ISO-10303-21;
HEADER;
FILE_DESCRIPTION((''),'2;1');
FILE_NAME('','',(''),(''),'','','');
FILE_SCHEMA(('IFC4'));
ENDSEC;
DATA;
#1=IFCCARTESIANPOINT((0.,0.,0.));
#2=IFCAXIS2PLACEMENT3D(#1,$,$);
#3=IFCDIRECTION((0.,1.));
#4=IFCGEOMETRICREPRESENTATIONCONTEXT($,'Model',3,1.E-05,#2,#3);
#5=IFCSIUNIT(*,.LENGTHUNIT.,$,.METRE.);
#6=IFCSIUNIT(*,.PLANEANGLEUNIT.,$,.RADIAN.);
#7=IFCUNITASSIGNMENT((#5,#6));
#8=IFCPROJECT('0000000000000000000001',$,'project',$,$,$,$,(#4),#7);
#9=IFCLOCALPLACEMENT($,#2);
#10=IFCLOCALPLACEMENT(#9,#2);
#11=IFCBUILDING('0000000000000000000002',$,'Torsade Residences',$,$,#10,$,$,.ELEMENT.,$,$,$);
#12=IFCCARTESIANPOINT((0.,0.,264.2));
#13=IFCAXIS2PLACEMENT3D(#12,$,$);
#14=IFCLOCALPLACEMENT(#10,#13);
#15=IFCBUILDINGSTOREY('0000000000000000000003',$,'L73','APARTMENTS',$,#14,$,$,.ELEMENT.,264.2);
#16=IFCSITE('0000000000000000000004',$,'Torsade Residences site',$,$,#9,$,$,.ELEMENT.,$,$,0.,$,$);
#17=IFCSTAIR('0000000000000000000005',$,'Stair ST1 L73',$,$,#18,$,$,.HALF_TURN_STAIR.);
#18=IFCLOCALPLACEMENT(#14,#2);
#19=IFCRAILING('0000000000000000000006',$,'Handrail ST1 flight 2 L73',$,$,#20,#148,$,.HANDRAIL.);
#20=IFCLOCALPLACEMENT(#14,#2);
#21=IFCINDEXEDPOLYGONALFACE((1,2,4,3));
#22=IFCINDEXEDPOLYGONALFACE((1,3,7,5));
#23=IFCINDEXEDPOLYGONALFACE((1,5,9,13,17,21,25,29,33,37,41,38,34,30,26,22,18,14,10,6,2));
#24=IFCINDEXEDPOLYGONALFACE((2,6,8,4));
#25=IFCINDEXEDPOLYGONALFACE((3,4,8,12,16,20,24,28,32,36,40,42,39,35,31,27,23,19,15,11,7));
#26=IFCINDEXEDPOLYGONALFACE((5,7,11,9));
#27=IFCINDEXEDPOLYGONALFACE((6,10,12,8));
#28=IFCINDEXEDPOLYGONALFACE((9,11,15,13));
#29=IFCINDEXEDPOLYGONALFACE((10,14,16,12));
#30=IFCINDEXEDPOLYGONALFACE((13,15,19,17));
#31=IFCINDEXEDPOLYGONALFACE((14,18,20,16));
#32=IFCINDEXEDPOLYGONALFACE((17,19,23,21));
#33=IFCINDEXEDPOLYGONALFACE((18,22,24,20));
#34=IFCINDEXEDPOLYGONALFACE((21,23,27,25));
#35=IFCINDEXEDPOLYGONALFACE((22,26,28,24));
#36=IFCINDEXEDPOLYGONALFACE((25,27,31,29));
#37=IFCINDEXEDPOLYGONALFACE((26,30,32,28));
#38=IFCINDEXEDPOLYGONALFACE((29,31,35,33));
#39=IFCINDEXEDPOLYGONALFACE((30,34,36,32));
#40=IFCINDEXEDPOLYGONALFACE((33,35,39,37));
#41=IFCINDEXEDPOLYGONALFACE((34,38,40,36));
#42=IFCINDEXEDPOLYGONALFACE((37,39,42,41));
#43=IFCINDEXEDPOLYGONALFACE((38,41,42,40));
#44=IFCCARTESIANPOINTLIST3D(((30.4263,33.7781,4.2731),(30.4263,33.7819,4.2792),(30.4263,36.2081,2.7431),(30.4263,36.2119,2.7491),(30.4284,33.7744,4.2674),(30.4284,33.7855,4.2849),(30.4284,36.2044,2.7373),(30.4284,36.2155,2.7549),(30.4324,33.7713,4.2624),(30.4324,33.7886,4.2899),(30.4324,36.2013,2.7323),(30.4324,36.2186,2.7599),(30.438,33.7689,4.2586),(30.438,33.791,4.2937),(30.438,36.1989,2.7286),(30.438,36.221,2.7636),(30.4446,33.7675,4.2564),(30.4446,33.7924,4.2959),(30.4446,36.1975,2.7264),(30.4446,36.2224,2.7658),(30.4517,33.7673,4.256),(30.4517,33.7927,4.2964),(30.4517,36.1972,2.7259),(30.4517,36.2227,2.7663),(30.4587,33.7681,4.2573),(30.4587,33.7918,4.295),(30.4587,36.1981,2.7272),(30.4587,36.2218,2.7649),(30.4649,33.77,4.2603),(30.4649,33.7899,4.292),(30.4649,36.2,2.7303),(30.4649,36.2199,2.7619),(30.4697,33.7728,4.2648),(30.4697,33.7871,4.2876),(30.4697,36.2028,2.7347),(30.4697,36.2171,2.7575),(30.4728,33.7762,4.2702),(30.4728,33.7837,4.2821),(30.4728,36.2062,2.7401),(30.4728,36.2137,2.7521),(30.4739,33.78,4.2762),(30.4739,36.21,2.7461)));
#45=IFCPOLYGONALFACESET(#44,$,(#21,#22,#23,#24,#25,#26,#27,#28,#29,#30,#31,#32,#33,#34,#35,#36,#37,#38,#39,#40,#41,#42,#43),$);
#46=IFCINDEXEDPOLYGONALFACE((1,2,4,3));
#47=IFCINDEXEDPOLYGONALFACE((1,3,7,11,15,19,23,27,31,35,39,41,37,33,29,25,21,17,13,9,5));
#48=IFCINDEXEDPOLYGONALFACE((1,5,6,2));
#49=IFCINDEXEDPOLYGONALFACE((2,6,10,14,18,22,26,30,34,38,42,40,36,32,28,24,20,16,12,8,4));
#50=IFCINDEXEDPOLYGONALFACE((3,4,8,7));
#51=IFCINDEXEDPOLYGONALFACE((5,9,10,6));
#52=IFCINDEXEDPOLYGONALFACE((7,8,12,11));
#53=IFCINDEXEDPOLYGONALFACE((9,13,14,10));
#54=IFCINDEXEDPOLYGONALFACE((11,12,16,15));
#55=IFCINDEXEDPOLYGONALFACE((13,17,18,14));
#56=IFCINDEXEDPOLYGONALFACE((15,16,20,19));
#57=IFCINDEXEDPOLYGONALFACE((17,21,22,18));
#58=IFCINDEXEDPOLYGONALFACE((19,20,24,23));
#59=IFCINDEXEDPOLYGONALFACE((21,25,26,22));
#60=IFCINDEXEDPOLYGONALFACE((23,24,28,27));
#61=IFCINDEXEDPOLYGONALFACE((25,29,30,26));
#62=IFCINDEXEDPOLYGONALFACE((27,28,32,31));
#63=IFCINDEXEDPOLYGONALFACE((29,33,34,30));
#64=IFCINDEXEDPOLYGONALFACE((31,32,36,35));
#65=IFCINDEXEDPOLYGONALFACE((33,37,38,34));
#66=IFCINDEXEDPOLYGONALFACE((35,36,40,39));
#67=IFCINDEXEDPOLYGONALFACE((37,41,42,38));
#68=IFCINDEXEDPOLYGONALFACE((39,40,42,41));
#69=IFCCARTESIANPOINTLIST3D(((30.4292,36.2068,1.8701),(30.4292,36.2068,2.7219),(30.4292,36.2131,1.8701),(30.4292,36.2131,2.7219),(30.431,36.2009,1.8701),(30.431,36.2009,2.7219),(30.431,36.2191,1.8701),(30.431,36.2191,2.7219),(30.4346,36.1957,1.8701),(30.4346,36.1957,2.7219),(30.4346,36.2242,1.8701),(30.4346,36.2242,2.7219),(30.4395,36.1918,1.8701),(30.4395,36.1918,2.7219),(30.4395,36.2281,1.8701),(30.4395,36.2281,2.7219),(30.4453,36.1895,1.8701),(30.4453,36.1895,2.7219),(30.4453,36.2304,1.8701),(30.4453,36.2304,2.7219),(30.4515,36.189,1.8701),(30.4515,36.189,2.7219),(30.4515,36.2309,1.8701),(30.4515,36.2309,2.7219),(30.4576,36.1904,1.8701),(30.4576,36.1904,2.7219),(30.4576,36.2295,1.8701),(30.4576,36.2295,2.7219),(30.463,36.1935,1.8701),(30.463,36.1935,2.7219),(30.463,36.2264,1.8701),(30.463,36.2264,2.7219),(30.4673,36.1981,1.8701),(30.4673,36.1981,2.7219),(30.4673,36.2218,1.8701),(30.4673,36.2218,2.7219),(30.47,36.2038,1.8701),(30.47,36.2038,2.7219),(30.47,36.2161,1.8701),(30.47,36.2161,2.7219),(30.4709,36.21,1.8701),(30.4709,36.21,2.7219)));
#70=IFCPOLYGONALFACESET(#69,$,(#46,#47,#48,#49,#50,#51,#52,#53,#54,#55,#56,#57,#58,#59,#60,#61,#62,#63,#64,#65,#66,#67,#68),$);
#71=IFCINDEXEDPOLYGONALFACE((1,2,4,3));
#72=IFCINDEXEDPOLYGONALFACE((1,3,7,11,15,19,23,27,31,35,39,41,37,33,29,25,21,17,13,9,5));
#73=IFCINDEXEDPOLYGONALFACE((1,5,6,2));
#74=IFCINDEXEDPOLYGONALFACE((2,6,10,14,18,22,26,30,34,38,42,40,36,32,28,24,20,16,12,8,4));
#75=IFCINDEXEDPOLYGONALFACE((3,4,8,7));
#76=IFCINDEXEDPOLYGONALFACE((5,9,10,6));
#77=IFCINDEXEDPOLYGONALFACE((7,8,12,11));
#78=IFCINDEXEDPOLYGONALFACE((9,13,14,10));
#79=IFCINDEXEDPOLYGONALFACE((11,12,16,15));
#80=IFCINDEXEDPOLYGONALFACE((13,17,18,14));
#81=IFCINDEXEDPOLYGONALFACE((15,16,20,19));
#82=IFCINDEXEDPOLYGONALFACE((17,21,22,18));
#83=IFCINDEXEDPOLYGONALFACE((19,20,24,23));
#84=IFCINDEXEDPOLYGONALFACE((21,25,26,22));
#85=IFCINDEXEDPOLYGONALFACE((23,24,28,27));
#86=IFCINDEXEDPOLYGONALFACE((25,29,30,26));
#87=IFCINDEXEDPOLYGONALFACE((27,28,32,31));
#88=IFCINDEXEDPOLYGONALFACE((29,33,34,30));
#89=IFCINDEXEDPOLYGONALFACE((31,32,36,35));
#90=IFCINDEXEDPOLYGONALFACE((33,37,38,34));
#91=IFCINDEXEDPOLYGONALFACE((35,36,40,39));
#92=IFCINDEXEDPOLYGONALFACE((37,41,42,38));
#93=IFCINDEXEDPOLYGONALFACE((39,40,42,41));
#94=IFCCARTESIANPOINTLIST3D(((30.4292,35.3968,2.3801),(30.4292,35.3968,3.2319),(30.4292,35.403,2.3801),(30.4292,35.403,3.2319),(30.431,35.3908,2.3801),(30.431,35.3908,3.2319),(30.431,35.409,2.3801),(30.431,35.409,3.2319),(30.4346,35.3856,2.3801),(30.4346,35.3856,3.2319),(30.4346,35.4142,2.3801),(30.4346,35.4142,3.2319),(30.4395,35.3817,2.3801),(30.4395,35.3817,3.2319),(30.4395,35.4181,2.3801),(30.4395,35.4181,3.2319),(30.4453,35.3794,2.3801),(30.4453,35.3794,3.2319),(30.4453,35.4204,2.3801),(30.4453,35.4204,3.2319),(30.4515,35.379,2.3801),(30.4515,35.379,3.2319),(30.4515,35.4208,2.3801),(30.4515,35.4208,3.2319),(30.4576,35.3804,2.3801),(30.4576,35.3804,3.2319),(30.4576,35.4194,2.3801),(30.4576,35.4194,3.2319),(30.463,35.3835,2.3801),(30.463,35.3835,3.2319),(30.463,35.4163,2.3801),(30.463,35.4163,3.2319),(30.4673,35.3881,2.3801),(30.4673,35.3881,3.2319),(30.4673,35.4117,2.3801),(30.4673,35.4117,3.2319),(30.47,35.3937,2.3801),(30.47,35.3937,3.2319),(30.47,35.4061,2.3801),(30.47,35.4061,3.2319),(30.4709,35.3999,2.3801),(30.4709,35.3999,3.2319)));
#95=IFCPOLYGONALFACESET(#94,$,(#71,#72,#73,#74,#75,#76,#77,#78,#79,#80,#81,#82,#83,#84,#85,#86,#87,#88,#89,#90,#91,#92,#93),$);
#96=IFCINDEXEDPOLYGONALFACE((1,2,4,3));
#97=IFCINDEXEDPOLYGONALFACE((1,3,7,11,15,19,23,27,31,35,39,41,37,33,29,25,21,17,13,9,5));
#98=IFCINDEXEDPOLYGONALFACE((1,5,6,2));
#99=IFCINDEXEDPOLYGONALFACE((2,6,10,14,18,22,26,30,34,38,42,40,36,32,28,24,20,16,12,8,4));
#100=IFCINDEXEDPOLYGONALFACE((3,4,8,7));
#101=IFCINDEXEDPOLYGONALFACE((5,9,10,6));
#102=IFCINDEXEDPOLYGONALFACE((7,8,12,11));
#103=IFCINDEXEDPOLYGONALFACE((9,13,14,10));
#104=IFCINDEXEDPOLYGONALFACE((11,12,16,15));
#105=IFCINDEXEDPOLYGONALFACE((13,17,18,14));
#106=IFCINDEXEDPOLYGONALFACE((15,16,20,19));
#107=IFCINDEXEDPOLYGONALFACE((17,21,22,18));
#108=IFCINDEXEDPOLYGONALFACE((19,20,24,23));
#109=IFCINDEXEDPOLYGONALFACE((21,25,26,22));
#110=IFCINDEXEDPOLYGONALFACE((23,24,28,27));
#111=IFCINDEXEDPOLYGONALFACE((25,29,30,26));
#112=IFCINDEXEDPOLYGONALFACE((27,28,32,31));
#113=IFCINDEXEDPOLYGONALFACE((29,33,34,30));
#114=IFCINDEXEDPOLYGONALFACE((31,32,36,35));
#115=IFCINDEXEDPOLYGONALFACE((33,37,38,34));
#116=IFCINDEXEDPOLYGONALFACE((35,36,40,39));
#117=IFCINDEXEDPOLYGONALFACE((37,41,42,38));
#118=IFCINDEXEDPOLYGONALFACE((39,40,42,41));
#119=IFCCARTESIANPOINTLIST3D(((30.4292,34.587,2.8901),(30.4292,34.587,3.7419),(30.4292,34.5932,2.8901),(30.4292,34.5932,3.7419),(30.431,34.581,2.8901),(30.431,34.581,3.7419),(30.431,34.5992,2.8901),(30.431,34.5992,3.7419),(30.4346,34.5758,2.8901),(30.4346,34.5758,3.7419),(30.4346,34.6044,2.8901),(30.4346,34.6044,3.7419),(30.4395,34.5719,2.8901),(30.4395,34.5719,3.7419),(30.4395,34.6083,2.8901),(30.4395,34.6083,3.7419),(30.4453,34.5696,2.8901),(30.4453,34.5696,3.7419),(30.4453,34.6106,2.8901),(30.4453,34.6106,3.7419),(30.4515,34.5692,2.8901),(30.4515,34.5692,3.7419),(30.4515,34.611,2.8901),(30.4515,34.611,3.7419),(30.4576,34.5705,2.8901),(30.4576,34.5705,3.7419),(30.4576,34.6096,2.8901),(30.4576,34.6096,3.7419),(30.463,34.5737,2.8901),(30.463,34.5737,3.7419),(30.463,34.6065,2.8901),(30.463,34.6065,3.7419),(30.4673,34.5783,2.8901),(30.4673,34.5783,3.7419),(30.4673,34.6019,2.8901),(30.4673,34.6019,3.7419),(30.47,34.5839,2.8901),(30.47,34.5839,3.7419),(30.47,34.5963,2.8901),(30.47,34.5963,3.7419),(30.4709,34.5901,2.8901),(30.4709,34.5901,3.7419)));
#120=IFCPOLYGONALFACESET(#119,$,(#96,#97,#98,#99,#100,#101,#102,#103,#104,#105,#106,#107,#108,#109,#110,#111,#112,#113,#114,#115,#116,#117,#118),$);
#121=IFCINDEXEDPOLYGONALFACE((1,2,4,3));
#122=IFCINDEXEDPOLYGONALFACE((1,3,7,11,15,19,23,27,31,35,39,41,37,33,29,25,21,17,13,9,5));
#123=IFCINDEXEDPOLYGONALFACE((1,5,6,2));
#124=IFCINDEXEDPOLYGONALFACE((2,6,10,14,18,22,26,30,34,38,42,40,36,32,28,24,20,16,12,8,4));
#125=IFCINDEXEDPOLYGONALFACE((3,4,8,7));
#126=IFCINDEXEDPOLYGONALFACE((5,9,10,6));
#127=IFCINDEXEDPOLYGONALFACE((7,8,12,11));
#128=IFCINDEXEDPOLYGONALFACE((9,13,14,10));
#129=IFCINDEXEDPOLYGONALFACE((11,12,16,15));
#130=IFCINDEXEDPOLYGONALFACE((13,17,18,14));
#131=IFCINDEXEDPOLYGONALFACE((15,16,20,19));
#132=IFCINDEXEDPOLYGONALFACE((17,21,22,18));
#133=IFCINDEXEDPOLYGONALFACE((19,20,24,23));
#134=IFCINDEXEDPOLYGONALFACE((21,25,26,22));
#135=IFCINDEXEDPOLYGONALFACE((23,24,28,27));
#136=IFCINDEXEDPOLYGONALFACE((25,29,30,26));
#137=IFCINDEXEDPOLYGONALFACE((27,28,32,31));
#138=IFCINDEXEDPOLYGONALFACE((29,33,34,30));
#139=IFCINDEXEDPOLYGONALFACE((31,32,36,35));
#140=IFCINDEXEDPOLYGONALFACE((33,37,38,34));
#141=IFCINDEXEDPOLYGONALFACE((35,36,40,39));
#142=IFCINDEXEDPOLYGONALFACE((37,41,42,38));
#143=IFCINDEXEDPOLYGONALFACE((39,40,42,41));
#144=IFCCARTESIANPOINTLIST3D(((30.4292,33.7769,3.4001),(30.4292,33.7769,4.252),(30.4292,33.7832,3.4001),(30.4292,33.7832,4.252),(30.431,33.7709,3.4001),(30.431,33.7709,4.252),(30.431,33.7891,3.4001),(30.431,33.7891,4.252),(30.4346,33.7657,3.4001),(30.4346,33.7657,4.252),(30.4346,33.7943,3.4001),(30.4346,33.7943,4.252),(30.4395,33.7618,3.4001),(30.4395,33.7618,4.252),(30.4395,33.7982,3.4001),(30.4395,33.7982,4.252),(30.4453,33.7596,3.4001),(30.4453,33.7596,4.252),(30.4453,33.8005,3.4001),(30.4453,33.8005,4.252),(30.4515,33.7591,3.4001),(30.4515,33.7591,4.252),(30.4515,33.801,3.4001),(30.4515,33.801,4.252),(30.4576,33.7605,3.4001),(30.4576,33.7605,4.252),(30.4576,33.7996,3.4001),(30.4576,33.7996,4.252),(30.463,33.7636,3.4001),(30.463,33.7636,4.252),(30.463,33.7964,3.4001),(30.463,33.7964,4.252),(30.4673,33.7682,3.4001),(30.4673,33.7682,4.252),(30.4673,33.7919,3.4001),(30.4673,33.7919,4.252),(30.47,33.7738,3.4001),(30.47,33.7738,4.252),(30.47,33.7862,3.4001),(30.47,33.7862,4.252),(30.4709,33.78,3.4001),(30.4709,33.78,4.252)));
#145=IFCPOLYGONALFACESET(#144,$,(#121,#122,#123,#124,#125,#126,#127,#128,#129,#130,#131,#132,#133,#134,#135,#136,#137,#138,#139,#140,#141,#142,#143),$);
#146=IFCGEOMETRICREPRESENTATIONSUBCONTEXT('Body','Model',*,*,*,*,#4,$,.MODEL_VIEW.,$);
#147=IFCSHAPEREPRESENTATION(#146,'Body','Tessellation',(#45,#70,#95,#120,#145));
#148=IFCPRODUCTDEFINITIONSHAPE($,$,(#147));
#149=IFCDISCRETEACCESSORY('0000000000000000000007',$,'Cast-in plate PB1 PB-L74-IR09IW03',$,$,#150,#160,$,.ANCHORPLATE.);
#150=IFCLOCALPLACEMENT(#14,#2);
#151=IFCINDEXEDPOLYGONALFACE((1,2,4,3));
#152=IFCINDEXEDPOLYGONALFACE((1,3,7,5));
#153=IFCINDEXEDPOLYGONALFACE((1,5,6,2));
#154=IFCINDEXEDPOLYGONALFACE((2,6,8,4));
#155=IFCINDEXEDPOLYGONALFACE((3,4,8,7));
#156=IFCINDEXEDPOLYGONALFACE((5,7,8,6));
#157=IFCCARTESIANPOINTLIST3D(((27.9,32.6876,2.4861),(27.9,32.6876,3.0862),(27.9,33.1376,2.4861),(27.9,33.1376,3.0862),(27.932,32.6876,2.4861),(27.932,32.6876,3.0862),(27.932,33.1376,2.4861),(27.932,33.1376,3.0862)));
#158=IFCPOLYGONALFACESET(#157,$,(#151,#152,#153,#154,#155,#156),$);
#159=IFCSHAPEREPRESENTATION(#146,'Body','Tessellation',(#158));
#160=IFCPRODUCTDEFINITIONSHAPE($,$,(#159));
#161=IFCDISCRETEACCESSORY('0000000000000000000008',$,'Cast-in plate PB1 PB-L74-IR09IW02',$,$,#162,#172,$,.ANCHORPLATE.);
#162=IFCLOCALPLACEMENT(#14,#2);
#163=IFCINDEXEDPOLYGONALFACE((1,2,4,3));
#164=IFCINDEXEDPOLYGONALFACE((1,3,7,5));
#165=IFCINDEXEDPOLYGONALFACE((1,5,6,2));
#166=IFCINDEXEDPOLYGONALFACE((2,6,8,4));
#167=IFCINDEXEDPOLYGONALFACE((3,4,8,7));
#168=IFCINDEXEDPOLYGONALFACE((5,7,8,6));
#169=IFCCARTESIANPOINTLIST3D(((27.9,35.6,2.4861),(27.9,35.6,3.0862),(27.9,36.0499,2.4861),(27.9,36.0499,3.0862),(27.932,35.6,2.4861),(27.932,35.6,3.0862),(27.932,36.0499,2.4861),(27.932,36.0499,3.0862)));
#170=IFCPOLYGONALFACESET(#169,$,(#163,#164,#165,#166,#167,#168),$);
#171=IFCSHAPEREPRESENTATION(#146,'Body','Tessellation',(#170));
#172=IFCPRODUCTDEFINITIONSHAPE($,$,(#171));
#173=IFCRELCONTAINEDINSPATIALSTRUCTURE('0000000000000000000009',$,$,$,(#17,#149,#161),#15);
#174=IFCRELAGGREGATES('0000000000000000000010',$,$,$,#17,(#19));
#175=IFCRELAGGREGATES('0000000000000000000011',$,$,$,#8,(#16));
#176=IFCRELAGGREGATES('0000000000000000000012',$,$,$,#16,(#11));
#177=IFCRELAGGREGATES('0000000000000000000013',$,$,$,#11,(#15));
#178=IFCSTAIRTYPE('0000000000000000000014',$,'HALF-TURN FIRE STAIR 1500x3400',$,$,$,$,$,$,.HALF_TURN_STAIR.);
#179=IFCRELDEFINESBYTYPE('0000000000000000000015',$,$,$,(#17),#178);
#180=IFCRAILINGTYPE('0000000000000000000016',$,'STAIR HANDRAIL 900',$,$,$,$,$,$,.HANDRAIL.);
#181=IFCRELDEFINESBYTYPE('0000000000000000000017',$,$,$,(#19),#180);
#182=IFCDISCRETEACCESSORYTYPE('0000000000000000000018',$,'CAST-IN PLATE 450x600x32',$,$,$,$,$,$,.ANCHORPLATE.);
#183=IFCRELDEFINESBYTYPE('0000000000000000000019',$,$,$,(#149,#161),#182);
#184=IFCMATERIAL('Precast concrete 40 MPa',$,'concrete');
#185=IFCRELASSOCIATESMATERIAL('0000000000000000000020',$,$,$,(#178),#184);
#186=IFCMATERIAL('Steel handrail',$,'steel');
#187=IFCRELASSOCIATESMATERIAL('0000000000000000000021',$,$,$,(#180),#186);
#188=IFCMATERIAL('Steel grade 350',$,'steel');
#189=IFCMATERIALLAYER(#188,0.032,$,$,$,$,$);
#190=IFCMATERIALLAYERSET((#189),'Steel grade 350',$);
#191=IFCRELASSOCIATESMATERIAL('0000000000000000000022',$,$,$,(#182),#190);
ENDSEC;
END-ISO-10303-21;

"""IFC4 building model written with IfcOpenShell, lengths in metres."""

from ifc_helpers import new_model, si_unit, direction, frame, origin, origin_2d, place, context, subcontext, project, spatial, rectangle, circle, extrude, material, layer, layer_set, type_object, element, aggregate, save


model = new_model("IFC4")

# Units and contexts
model_context = context("Model", 3, precision=1e-05, world=origin(), true_north=direction((0.0, 1.0)))
body_context = subcontext(model_context, "Body", "Model", "MODEL_VIEW")
ifc_project = project(units=[si_unit("LENGTHUNIT", "METRE"), si_unit("PLANEANGLEUNIT", "RADIAN")], contexts=[model_context])

# Site, building, storey
site_placement = place(None, origin())
site = spatial("IfcSite", under=ifc_project, at=site_placement, Name="Torsade Residences site", CompositionType="ELEMENT", RefElevation=0.0)
building_placement = place(site_placement, origin())
building = spatial("IfcBuilding", under=site, at=building_placement, Name="Torsade Residences", CompositionType="ELEMENT")
storey_placement = place(building_placement, frame((0.0, 0.0, 264.2)))
storey = spatial("IfcBuildingStorey", under=building, at=storey_placement, Name="L73", Description="APARTMENTS", CompositionType="ELEMENT", Elevation=264.2)

# Stair, railing
ifc_material_1 = material(Name="Precast concrete 40 MPa", Category="concrete")
stair_type = type_object("IfcStairType", Name="HALF-TURN FIRE STAIR 1500x3400", PredefinedType="HALF_TURN_STAIR", material=ifc_material_1)
stair_placement = place(storey_placement, origin())
stair = element("IfcStair", 1, at=stair_placement, inside=storey, type_object=stair_type, Name="Stair ST1 L73", PredefinedType="HALF_TURN_STAIR")
ifc_material_2 = material(Name="Steel handrail", Category="steel")
railing_type = type_object("IfcRailingType", Name="STAIR HANDRAIL 900", PredefinedType="HANDRAIL", material=ifc_material_2)
railing_1_placement = place(storey_placement, frame((30.45, 36.21, 1.8701)))
railing_1 = element("IfcRailing", 2, at=railing_1_placement, type_object=railing_type, Name="Handrail ST1 flight 2 L73", PredefinedType="HANDRAIL", context=body_context, shape_type="SweptSolid", body=[
    extrude(circle(Radius=0.0239, at=origin_2d()), frame((0.0, 0.0, 0.876), z_axis=(0.0, -0.846221, 0.532831), x_axis=(1.0, 0.0, 0.0)), (0.0, 0.0, 1.0), 2.8716),
    extrude(circle(Radius=0.021, at=origin_2d()), origin(), (0.0, 0.0, 1.0), 0.8518),
    extrude(circle(Radius=0.021, at=origin_2d()), frame((0.0, -0.8101, 0.51)), (0.0, 0.0, 1.0), 0.8518),
    extrude(circle(Radius=0.021, at=origin_2d()), frame((0.0, -1.6199, 1.02)), (0.0, 0.0, 1.0), 0.8518),
    extrude(circle(Radius=0.021, at=origin_2d()), frame((0.0, -2.4299, 1.53)), (0.0, 0.0, 1.0), 0.8518),
])
aggregate(stair, [railing_1])

# Discrete accessories
ifc_material_3 = material(Name="Steel grade 350", Category="steel")
ifc_layer_1 = layer(ifc_material_3, 0.032)
ifc_layer_set_1 = layer_set([ifc_layer_1], Name="Steel grade 350")
discrete_accessory_type = type_object("IfcDiscreteAccessoryType", Name="CAST-IN PLATE 450x600x32", PredefinedType="ANCHORPLATE", material=ifc_layer_set_1)
for number, where, z_axis, x_axis, name in (
    (3, (27.916, 32.9126, 2.4861), (0.0, 0.0, 1.0), (1.0, 0.0, 0.0), "Cast-in plate PB1 PB-L74-IR09IW03"),
    (4, (27.916, 35.825, 2.4861), (0.0, 0.0, 1.0), (1.0, 0.0, 0.0), "Cast-in plate PB1 PB-L74-IR09IW02"),
):
    element("IfcDiscreteAccessory", number, at=place(storey_placement, frame(where, z_axis=z_axis, x_axis=x_axis)), inside=storey, type_object=discrete_accessory_type, Name=name, PredefinedType="ANCHORPLATE", context=body_context, shape_type="SweptSolid", body=[
        extrude(rectangle(XDim=0.032, YDim=0.45, at=origin_2d()), origin(), (0.0, 0.0, 1.0), 0.6001),
    ])

save(model, "model.ifc")
